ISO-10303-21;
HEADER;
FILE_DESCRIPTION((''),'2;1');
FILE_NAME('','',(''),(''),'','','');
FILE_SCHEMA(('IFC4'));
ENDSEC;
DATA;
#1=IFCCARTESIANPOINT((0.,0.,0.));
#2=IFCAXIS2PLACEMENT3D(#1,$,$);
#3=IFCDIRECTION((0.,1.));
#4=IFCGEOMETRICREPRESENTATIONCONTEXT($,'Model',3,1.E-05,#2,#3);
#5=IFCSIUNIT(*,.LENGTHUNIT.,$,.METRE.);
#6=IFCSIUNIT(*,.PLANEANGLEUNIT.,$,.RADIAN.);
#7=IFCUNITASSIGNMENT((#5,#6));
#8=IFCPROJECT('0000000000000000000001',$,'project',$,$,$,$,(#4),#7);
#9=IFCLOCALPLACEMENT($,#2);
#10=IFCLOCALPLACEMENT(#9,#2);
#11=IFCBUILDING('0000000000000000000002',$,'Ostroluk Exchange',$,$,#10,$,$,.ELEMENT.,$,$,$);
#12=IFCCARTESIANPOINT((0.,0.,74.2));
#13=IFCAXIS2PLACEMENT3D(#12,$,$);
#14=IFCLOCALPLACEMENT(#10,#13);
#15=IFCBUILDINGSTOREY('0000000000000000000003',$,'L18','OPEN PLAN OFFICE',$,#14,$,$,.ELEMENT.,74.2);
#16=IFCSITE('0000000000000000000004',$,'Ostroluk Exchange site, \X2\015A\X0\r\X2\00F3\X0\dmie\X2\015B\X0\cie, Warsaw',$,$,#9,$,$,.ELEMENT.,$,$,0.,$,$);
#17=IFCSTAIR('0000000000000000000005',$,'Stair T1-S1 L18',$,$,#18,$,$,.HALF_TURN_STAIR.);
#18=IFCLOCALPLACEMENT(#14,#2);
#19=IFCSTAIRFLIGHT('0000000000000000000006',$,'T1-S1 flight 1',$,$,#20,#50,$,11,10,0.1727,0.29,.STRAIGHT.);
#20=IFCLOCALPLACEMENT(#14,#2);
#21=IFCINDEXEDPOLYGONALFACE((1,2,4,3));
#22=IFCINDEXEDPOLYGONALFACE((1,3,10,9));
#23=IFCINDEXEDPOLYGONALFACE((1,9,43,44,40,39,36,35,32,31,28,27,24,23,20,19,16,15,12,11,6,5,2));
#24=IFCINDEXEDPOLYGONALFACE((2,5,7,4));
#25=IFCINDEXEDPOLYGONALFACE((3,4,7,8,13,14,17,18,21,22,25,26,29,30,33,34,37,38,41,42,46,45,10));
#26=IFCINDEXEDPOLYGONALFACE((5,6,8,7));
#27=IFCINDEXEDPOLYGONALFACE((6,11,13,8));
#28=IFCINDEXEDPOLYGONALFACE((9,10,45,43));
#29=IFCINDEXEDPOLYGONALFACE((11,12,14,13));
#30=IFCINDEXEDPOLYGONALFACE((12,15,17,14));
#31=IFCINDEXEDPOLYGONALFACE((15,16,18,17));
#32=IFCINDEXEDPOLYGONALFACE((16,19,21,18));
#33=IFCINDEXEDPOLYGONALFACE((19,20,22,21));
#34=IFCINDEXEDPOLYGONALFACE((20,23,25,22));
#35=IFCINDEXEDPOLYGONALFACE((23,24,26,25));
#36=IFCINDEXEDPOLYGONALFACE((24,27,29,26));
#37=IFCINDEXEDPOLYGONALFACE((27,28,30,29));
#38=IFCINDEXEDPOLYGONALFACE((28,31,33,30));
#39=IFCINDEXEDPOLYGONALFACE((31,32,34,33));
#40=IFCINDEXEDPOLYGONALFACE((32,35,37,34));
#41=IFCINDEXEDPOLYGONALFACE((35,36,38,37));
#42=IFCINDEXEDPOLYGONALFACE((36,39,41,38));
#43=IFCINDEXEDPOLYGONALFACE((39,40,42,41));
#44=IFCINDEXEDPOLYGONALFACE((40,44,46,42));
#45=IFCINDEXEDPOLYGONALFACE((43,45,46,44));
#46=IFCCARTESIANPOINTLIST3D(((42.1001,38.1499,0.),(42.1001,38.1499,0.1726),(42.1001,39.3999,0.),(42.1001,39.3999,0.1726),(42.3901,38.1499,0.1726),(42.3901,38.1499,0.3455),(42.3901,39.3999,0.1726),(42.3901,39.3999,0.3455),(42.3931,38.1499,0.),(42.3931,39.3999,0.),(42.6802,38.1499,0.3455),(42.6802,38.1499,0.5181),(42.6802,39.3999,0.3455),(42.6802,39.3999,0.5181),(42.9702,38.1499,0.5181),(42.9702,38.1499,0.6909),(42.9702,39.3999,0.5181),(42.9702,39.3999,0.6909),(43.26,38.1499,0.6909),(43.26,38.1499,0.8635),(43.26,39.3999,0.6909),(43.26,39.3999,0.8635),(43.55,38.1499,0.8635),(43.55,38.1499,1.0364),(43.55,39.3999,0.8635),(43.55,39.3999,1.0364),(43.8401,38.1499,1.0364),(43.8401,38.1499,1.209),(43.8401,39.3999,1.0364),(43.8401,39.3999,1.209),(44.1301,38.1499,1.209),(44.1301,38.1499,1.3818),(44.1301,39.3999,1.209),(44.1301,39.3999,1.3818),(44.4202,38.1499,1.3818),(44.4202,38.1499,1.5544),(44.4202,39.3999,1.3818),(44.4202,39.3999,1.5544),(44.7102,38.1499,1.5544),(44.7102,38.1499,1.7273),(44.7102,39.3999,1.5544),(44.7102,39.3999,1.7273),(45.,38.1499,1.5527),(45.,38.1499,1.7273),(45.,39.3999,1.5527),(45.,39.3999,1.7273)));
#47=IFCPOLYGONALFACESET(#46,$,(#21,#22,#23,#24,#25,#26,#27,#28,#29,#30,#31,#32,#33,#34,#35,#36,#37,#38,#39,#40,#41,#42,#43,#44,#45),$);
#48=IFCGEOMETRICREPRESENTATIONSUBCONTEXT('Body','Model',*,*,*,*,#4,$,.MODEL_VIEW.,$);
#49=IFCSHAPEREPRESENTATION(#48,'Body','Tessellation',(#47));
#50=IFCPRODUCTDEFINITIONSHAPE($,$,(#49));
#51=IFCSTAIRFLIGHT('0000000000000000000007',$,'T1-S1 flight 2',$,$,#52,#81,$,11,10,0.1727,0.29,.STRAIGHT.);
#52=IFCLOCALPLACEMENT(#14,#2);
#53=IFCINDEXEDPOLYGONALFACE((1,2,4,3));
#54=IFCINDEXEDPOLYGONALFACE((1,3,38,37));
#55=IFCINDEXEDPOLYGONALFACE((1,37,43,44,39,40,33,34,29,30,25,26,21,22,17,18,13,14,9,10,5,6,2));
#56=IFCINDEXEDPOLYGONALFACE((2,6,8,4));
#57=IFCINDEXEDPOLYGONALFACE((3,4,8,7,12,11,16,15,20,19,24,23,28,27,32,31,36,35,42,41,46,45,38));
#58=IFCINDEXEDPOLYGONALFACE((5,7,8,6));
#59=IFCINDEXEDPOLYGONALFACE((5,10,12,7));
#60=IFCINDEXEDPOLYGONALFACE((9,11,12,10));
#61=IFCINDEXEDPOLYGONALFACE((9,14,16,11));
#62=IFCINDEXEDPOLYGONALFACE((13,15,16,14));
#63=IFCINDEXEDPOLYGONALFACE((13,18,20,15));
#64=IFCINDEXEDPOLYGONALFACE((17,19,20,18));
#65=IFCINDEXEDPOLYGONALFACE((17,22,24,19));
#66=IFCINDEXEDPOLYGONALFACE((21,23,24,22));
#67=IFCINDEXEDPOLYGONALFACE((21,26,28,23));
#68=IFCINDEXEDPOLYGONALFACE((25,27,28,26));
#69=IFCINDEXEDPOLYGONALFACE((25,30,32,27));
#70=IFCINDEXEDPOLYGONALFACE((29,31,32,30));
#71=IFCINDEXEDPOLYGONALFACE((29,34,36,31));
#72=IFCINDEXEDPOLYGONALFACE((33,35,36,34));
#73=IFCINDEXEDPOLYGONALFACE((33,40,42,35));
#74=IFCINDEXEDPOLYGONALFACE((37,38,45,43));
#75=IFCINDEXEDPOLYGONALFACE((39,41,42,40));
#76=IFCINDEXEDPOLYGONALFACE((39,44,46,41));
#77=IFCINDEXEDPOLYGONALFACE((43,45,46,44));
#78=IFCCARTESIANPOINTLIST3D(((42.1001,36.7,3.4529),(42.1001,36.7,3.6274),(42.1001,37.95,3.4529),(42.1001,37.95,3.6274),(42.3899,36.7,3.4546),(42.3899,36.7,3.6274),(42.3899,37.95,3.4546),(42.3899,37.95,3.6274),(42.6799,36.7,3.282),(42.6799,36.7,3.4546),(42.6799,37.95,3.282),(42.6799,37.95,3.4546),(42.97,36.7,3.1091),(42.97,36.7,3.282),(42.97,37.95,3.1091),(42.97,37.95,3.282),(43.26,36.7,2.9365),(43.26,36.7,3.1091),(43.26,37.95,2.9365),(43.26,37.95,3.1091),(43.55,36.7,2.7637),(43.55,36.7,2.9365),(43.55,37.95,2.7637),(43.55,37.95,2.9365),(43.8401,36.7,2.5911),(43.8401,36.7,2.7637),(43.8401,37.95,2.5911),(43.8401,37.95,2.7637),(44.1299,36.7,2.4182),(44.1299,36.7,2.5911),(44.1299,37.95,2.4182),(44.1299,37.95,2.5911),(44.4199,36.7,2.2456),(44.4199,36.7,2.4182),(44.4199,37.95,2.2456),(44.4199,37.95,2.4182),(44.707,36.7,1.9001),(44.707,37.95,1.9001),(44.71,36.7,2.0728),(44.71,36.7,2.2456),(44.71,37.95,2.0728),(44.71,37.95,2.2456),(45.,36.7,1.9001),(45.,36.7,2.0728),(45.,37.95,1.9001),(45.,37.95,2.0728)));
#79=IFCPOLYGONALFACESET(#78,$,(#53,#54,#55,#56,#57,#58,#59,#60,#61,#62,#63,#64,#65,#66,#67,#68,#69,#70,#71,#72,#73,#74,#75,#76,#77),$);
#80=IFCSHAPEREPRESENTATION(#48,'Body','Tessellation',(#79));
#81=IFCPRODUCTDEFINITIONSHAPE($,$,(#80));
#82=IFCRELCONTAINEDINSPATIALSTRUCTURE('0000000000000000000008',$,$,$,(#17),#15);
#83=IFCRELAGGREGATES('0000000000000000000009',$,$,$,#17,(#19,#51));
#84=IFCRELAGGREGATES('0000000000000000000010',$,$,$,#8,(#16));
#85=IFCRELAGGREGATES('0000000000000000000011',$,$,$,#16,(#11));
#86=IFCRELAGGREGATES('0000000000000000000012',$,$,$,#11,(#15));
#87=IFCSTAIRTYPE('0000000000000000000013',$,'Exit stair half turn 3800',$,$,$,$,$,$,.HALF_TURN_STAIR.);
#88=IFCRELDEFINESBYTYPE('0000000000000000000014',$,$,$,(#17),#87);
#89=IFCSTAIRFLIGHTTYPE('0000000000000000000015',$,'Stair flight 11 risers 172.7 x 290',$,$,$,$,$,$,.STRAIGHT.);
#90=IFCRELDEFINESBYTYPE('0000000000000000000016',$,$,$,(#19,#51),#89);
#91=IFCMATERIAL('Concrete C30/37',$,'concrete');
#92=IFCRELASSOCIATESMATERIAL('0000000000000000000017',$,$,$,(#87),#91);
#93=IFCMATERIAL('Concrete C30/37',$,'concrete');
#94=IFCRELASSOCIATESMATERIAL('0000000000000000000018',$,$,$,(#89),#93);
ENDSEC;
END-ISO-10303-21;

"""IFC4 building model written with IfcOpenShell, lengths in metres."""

from ifc_helpers import new_model, si_unit, direction, frame, origin, place, context, subcontext, project, spatial, polyline, outline, extrude, material, type_object, element, aggregate, save


model = new_model("IFC4")

# Units and contexts
model_context = context("Model", 3, precision=1e-05, world=origin(), true_north=direction((0.0, 1.0)))
body_context = subcontext(model_context, "Body", "Model", "MODEL_VIEW")
ifc_project = project(units=[si_unit("LENGTHUNIT", "METRE"), si_unit("PLANEANGLEUNIT", "RADIAN")], contexts=[model_context])

# Site, building, storey
site_placement = place(None, origin())
site = spatial("IfcSite", under=ifc_project, at=site_placement, Name="Ostroluk Exchange site, Śródmieście, Warsaw", CompositionType="ELEMENT", RefElevation=0.0)
building_placement = place(site_placement, origin())
building = spatial("IfcBuilding", under=site, at=building_placement, Name="Ostroluk Exchange", CompositionType="ELEMENT")
storey_placement = place(building_placement, frame((0.0, 0.0, 74.2)))
storey = spatial("IfcBuildingStorey", under=building, at=storey_placement, Name="L18", Description="OPEN PLAN OFFICE", CompositionType="ELEMENT", Elevation=74.2)

# Stair, stair flights
ifc_material_1 = material(Name="Concrete C30/37", Category="concrete")
stair_type = type_object("IfcStairType", Name="Exit stair half turn 3800", PredefinedType="HALF_TURN_STAIR", material=ifc_material_1)
stair_placement = place(storey_placement, origin())
stair = element("IfcStair", 1, at=stair_placement, inside=storey, type_object=stair_type, Name="Stair T1-S1 L18", PredefinedType="HALF_TURN_STAIR")
ifc_material_2 = material(Name="Concrete C30/37", Category="concrete")
stair_flight_type = type_object("IfcStairFlightType", Name="Stair flight 11 risers 172.7 x 290", PredefinedType="STRAIGHT", material=ifc_material_2)
stair_flight_1_placement = place(storey_placement, frame((42.1001, 38.7749, 0.0), z_axis=(0.0, 0.0, 1.0), x_axis=(1.0, 0.0, 0.0)))
stair_flight_1 = element("IfcStairFlight", 2, at=stair_flight_1_placement, type_object=stair_flight_type, Name="T1-S1 flight 1", NumberOfRisers=11, NumberOfTreads=10, PredefinedType="STRAIGHT", RiserHeight=0.1727, TreadLength=0.29, context=body_context, shape_type="SweptSolid", body=[
    extrude(outline(polyline([(0.0, 0.0), (0.0, 0.1726), (0.29, 0.1726), (0.29, 0.3455), (0.5801, 0.3455), (0.5801, 0.5181), (0.8701, 0.5181), (0.8701, 0.6909), (1.1599, 0.6909), (1.1599, 0.8635), (1.45, 0.8635), (1.45, 1.0364), (1.74, 1.0364), (1.74, 1.209), (2.03, 1.209), (2.03, 1.3818), (2.3201, 1.3818), (2.3201, 1.5544), (2.6101, 1.5544), (2.6101, 1.7273), (2.8999, 1.7273), (2.8999, 1.8999), (2.8999, 1.5527), (0.293, 0.0), (0.0, 0.0)])), frame((0.0, 0.625, 0.0), z_axis=(0.0, -1.0, 0.0), x_axis=(1.0, 0.0, 0.0)), (0.0, 0.0, 1.0), 1.25),
])
stair_flight_2_placement = place(storey_placement, frame((45.0, 37.325, 1.9001), z_axis=(0.0, 0.0, 1.0), x_axis=(-1.0, 0.0, 0.0)))
stair_flight_2 = element("IfcStairFlight", 3, at=stair_flight_2_placement, type_object=stair_flight_type, Name="T1-S1 flight 2", NumberOfRisers=11, NumberOfTreads=10, PredefinedType="STRAIGHT", RiserHeight=0.1727, TreadLength=0.29, context=body_context, shape_type="SweptSolid", body=[
    extrude(outline(polyline([(0.0, 0.0), (0.0, 0.1726), (0.29, 0.1726), (0.29, 0.3455), (0.5801, 0.3455), (0.5801, 0.5181), (0.8701, 0.5181), (0.8701, 0.6909), (1.1599, 0.6909), (1.1599, 0.8635), (1.45, 0.8635), (1.45, 1.0364), (1.74, 1.0364), (1.74, 1.209), (2.03, 1.209), (2.03, 1.3818), (2.3201, 1.3818), (2.3201, 1.5544), (2.6101, 1.5544), (2.6101, 1.7273), (2.8999, 1.7273), (2.8999, 1.8999), (2.8999, 1.5527), (0.293, 0.0), (0.0, 0.0)])), frame((0.0, 0.625, 0.0), z_axis=(0.0, -1.0, 0.0), x_axis=(1.0, 0.0, 0.0)), (0.0, 0.0, 1.0), 1.25),
])
aggregate(stair, [stair_flight_1, stair_flight_2])

save(model, "model.ifc")
